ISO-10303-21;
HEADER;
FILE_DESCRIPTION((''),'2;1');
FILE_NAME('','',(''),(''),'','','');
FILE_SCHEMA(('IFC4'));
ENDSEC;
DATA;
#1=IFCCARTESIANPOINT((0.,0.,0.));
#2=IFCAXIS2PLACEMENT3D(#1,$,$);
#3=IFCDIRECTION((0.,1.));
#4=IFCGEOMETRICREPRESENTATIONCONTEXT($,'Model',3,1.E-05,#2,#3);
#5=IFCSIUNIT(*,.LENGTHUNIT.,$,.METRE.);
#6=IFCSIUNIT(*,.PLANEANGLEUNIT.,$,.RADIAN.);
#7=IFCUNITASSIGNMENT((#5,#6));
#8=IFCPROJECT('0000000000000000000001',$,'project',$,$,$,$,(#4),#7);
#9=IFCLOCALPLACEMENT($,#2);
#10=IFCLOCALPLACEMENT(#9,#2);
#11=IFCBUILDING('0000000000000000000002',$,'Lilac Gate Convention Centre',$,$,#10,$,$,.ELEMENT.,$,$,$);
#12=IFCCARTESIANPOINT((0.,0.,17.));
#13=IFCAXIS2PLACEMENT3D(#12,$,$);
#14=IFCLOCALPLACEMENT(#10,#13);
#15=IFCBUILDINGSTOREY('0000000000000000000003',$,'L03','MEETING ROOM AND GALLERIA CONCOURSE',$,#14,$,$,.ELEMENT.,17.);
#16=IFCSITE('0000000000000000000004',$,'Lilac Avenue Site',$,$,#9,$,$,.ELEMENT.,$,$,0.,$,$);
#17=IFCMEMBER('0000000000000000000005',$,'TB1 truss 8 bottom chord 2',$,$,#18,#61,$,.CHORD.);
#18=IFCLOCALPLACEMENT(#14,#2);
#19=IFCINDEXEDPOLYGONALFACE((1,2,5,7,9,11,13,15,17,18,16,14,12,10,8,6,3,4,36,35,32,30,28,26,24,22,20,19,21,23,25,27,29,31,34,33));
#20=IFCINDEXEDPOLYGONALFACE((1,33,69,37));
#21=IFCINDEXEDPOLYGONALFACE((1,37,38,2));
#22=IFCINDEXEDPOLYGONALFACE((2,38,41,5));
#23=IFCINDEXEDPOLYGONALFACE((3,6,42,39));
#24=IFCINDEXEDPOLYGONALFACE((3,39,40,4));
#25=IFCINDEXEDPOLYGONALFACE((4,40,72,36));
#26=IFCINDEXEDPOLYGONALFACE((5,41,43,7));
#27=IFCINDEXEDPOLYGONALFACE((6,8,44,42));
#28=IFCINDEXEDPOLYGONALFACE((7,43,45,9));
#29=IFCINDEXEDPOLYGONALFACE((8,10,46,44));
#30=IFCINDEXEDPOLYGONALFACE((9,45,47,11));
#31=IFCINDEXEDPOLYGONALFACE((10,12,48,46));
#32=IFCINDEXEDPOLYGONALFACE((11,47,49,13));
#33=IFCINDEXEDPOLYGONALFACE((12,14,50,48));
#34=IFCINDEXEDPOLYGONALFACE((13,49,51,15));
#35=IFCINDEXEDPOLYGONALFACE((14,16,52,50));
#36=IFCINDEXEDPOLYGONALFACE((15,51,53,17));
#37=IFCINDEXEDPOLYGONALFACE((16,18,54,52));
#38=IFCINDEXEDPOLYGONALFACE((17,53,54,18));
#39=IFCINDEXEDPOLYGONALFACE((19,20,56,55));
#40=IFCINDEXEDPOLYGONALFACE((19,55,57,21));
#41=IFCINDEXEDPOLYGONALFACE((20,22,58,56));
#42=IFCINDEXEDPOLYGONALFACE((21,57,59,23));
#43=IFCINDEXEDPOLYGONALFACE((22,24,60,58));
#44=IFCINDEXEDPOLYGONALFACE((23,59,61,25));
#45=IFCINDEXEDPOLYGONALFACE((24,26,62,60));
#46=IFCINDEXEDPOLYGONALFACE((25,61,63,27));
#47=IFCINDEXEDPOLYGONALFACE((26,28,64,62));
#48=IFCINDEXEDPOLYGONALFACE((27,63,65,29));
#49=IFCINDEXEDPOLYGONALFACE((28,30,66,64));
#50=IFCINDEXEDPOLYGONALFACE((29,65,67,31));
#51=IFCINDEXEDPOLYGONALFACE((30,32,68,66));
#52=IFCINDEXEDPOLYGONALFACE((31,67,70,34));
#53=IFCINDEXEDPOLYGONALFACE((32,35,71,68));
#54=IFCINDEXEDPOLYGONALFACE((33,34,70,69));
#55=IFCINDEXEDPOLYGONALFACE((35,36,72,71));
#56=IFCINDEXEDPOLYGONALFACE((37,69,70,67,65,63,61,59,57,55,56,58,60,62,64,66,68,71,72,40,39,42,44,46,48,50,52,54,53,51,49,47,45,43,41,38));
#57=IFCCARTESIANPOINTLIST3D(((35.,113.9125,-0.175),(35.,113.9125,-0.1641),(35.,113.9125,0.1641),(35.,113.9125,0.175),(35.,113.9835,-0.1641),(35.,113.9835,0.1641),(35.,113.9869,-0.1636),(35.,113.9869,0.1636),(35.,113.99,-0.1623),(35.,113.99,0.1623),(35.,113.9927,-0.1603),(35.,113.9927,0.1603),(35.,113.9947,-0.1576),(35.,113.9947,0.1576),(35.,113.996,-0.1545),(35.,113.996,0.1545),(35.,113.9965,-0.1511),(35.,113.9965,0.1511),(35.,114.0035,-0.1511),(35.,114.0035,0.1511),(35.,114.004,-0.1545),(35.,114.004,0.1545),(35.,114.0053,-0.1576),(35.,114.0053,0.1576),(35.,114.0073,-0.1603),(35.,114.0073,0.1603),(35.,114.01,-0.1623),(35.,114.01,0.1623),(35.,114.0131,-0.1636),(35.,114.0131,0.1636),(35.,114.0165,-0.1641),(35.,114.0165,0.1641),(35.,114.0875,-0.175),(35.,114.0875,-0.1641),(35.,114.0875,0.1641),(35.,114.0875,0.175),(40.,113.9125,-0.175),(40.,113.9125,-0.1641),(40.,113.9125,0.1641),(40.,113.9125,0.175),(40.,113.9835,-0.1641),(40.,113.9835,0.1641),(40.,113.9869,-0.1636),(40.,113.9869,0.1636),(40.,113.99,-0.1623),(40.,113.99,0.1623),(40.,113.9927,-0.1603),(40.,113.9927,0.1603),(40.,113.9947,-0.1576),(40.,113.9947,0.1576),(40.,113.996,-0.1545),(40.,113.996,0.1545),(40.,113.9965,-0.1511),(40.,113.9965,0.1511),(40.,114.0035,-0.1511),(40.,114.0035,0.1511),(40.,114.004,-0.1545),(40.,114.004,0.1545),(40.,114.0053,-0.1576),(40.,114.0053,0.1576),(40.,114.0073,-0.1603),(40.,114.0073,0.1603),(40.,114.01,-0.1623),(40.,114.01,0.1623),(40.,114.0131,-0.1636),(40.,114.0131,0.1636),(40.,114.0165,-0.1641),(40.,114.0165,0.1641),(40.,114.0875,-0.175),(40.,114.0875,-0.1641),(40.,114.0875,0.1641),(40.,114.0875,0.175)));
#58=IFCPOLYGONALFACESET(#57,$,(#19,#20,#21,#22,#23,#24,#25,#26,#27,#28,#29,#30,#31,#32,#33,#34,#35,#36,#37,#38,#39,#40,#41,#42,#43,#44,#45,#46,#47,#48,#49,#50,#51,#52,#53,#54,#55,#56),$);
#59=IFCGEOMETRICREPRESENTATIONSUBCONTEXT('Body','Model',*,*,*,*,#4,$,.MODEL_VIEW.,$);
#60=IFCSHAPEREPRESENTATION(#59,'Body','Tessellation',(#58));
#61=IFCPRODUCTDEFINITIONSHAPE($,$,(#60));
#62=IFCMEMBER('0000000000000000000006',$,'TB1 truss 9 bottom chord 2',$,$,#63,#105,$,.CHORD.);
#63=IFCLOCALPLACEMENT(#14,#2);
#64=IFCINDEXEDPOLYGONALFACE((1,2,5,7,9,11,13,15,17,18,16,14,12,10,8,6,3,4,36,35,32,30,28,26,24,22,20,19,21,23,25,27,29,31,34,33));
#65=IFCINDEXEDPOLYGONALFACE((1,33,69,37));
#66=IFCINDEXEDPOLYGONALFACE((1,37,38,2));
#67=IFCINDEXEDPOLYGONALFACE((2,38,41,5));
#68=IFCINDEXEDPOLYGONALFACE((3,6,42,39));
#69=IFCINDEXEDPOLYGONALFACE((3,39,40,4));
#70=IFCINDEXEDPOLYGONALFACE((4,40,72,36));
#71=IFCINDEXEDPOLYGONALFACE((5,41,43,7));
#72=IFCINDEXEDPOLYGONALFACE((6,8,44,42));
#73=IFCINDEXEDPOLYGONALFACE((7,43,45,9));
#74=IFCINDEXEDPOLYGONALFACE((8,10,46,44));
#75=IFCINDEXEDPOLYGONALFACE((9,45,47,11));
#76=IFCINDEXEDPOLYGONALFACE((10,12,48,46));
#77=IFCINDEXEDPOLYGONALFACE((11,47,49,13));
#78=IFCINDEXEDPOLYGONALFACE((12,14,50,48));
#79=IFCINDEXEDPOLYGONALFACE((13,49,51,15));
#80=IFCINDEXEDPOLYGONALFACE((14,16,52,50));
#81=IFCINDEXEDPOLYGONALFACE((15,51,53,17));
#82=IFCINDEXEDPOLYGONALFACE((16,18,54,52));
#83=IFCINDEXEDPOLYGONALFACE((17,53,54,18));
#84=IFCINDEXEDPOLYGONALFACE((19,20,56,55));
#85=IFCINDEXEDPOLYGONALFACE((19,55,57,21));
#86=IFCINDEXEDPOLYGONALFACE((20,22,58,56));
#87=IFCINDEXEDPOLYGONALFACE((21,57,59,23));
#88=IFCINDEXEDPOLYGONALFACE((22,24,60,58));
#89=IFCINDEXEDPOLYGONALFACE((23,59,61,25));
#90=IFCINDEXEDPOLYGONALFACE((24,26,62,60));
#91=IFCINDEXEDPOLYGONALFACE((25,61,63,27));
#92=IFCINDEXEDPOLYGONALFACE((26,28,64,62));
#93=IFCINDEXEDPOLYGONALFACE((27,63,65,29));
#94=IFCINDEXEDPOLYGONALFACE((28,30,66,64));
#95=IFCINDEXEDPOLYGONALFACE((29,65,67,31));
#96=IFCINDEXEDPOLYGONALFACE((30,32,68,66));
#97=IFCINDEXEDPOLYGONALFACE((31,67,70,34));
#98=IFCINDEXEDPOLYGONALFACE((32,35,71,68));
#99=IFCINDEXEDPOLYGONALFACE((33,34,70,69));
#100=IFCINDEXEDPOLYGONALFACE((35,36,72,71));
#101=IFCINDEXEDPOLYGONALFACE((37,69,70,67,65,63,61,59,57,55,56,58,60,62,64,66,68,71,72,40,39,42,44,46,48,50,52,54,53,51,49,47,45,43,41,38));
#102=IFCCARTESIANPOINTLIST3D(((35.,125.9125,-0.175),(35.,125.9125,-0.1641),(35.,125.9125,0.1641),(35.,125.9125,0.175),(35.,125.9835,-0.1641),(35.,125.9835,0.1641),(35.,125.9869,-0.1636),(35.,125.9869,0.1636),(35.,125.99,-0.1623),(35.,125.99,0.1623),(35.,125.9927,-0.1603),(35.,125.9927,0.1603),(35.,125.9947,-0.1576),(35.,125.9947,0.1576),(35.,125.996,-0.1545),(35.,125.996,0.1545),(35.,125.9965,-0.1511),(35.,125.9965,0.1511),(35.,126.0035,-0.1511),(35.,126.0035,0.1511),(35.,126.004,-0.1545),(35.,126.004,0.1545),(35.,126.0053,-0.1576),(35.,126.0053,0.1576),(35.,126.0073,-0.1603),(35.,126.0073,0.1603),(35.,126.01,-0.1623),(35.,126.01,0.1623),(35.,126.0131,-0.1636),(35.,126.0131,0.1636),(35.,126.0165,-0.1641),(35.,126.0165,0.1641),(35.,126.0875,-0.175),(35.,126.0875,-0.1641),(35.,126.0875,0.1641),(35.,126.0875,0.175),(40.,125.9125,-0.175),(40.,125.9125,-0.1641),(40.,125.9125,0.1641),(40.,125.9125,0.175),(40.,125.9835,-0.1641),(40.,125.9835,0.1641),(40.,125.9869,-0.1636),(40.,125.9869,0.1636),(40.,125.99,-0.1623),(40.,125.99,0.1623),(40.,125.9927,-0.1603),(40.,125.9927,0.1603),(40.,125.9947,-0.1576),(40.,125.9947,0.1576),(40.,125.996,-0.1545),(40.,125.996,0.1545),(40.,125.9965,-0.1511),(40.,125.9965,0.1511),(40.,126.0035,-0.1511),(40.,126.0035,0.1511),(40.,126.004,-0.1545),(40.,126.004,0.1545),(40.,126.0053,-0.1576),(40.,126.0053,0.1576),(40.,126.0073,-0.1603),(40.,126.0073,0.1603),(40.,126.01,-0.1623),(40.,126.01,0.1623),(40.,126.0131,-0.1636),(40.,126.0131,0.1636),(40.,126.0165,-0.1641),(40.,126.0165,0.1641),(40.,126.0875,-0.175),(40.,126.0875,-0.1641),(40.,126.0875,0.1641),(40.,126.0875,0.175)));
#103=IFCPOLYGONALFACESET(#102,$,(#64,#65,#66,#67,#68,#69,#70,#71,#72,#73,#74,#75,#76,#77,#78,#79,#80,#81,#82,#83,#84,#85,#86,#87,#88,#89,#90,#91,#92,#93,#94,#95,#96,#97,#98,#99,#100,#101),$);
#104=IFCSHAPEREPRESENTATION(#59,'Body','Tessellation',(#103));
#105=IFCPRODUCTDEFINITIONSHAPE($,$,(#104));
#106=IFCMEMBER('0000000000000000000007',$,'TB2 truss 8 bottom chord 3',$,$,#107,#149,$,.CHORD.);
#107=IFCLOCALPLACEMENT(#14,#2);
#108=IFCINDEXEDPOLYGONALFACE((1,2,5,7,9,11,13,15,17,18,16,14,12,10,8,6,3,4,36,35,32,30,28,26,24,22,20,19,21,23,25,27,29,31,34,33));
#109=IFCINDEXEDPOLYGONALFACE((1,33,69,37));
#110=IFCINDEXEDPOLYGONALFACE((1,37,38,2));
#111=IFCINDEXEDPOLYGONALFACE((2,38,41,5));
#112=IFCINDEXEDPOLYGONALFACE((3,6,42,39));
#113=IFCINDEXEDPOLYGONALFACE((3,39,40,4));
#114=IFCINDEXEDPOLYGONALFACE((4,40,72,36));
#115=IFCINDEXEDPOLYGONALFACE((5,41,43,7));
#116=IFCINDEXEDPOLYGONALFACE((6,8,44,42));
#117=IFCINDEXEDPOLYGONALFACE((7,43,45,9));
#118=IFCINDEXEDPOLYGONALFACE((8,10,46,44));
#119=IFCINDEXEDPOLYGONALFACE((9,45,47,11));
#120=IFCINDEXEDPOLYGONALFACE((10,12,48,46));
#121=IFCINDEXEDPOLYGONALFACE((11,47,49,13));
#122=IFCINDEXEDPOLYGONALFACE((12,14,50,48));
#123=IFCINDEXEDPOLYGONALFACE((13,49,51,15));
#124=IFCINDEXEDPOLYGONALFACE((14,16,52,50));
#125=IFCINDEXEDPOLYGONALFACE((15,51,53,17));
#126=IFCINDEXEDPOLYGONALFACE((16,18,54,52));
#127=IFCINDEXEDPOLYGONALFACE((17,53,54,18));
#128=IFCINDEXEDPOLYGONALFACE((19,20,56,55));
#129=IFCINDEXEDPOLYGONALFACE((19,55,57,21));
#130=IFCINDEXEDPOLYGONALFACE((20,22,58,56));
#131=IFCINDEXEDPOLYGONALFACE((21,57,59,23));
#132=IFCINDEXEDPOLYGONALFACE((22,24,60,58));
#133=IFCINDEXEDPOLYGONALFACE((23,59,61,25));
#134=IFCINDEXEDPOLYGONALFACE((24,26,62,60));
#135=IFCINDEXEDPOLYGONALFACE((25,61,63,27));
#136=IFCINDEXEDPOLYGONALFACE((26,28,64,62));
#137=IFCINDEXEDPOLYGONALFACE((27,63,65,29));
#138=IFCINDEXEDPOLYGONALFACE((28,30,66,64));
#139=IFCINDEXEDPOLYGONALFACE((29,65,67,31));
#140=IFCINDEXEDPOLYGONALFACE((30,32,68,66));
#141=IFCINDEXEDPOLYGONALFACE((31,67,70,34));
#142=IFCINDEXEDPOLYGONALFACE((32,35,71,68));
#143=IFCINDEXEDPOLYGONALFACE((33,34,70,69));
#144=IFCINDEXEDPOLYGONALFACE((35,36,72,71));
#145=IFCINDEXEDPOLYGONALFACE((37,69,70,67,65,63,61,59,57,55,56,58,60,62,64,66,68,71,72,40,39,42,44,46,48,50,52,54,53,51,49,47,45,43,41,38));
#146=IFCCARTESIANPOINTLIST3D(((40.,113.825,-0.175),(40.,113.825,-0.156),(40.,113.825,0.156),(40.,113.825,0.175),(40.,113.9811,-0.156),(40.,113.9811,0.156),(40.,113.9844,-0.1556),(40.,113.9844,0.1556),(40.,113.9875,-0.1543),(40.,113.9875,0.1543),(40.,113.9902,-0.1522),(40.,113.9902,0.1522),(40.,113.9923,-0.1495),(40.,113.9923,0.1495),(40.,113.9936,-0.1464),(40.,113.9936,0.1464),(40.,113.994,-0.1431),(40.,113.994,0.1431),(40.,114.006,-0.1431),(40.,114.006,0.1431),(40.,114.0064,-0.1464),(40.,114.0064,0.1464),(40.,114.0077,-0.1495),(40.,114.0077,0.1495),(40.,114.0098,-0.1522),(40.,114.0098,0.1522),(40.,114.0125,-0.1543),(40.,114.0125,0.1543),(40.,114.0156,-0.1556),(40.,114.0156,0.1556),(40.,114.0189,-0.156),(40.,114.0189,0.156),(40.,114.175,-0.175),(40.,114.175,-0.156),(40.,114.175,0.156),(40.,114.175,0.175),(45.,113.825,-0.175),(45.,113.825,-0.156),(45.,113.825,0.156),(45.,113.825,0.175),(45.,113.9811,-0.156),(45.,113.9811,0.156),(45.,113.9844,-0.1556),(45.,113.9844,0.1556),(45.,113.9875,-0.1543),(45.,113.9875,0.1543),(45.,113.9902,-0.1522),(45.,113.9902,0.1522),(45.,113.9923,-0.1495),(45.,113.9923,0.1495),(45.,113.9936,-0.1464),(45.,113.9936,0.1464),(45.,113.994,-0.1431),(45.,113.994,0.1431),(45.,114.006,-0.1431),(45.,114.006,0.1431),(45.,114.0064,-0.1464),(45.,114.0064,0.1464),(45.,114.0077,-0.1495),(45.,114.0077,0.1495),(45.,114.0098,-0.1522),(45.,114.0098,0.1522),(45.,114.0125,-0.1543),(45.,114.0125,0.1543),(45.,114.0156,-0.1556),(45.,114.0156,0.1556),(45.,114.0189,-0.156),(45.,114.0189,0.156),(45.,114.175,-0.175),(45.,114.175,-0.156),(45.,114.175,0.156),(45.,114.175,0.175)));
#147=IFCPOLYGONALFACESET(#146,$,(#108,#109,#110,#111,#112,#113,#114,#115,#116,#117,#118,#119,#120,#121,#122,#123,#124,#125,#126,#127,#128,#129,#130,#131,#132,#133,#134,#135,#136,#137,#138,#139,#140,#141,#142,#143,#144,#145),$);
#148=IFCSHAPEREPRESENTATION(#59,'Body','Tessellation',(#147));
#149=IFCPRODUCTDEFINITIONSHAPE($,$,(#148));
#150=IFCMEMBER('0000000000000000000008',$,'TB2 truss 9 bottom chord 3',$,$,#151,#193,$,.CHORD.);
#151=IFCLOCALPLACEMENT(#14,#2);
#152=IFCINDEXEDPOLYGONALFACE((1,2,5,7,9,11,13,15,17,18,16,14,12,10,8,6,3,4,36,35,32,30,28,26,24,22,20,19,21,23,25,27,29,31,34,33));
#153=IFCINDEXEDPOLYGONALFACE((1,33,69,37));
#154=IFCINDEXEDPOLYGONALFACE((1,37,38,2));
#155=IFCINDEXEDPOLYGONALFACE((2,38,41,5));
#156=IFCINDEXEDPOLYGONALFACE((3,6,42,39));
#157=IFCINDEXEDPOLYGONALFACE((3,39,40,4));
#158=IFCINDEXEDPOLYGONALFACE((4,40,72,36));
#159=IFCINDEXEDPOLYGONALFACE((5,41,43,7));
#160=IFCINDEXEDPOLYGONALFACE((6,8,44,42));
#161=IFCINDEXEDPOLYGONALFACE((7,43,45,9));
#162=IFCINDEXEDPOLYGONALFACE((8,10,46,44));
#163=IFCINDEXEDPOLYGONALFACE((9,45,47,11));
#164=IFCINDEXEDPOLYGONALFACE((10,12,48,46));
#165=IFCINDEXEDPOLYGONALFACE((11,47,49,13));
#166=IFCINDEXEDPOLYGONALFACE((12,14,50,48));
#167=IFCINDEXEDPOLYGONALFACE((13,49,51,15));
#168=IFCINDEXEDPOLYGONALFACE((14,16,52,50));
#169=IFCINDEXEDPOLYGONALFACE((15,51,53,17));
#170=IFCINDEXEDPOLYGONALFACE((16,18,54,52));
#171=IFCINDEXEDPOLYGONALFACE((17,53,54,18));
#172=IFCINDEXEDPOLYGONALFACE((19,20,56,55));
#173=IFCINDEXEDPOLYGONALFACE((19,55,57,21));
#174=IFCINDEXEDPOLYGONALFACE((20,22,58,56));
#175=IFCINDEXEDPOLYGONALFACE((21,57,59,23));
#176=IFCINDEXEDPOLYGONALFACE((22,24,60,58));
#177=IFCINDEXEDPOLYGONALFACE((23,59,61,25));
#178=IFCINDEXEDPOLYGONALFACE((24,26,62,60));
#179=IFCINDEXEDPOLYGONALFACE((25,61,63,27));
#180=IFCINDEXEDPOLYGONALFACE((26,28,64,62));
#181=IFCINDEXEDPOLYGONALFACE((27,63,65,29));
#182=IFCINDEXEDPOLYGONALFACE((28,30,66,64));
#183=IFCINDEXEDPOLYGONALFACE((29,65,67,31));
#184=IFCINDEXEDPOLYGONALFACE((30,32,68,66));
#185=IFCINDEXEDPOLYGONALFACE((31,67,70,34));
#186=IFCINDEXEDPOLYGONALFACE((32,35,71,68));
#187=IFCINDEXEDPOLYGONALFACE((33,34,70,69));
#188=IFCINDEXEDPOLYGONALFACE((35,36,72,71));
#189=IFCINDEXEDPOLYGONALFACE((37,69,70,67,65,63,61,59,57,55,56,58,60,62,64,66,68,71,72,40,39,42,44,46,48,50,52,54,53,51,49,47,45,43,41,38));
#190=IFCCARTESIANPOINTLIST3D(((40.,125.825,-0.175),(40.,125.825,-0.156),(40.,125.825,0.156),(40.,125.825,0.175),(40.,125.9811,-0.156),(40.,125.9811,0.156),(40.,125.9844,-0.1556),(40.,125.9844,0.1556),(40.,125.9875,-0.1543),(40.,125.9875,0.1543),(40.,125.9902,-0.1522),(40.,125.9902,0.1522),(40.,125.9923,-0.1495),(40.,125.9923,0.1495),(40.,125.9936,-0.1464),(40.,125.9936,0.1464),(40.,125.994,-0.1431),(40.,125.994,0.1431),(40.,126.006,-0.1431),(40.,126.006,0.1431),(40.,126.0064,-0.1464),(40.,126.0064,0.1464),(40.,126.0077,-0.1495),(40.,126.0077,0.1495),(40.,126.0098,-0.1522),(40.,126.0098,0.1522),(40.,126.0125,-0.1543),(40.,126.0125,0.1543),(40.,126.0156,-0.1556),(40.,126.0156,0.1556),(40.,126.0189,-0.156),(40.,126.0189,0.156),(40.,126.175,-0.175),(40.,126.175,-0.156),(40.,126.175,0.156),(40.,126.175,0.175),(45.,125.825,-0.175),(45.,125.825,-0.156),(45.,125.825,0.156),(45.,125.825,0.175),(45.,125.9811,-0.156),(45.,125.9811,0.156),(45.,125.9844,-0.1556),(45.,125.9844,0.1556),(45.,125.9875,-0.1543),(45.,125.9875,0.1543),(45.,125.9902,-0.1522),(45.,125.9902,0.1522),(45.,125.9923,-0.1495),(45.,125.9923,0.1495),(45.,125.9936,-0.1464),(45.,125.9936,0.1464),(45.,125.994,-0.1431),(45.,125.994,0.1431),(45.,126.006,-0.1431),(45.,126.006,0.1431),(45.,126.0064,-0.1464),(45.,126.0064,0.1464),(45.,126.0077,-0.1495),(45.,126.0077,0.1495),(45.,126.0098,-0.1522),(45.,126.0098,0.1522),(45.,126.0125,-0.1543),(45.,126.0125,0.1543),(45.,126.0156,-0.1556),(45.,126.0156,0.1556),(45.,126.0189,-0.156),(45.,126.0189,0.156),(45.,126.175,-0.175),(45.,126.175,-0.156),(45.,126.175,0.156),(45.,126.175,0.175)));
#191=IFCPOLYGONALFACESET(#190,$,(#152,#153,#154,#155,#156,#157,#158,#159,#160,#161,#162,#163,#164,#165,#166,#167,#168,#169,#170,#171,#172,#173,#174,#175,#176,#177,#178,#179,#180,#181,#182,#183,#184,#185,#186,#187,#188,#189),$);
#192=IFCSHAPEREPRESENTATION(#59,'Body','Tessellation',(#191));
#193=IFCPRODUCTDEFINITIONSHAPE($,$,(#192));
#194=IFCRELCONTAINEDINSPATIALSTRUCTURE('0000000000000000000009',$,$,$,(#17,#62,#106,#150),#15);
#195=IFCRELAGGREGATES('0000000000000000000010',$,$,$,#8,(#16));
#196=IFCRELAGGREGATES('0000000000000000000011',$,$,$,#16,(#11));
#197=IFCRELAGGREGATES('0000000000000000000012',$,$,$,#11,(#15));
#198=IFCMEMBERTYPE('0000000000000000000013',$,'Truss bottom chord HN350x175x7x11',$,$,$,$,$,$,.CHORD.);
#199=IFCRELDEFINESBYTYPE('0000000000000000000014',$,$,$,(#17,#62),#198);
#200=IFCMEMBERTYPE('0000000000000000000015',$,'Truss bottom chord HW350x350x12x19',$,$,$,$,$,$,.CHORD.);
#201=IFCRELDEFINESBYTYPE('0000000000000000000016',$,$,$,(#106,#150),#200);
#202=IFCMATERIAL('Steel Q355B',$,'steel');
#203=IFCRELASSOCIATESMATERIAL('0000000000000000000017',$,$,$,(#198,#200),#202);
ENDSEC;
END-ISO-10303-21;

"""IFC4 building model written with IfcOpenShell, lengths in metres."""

from ifc_helpers import new_model, si_unit, direction, frame, origin, origin_2d, place, context, subcontext, project, spatial, i_section, extrude, material, material_profile, profile_set, type_object, element, save


model = new_model("IFC4")

# Units and contexts
model_context = context("Model", 3, precision=1e-05, world=origin(), true_north=direction((0.0, 1.0)))
body_context = subcontext(model_context, "Body", "Model", "MODEL_VIEW")
ifc_project = project(units=[si_unit("LENGTHUNIT", "METRE"), si_unit("PLANEANGLEUNIT", "RADIAN")], contexts=[model_context])

# Site, building, storey
site_placement = place(None, origin())
site = spatial("IfcSite", under=ifc_project, at=site_placement, Name="Lilac Avenue Site", CompositionType="ELEMENT", RefElevation=0.0)
building_placement = place(site_placement, origin())
building = spatial("IfcBuilding", under=site, at=building_placement, Name="Lilac Gate Convention Centre", CompositionType="ELEMENT")
storey_placement = place(building_placement, frame((0.0, 0.0, 17.0)))
storey = spatial("IfcBuildingStorey", under=building, at=storey_placement, Name="L03", Description="MEETING ROOM AND GALLERIA CONCOURSE", CompositionType="ELEMENT", Elevation=17.0)

# Members
ifc_material = material(Name="Steel Q355B", Category="steel")
ifc_material_profile_1 = material_profile(ifc_material, i_section(OverallWidth=0.175, OverallDepth=0.3501, WebThickness=0.0071, FlangeThickness=0.011, FilletRadius=0.0129, at=origin_2d()), Name="HN350x175x7x11")
ifc_profile_set_1 = profile_set([ifc_material_profile_1], Name="Steel Q355B")
member_type_1 = type_object("IfcMemberType", Name="Truss bottom chord HN350x175x7x11", PredefinedType="CHORD", material=ifc_profile_set_1)
for number, where, z_axis, x_axis, name in (
    (1, (35.0, 114.0, 0.0), (1.0, 0.0, 0.0), (0.0, 1.0, 0.0), "TB1 truss 8 bottom chord 2"),
    (2, (35.0, 126.0, 0.0), (1.0, 0.0, 0.0), (0.0, 1.0, 0.0), "TB1 truss 9 bottom chord 2"),
):
    element("IfcMember", number, at=place(storey_placement, frame(where, z_axis=z_axis, x_axis=x_axis)), inside=storey, type_object=member_type_1, Name=name, PredefinedType="CHORD", context=body_context, shape_type="SweptSolid", body=[
        extrude(i_section(OverallWidth=0.175, OverallDepth=0.3501, WebThickness=0.0071, FlangeThickness=0.011, FilletRadius=0.0129, at=origin_2d()), origin(), (0.0, 0.0, 1.0), 5.0),
    ])
ifc_material_profile_2 = material_profile(ifc_material, i_section(OverallWidth=0.3501, OverallDepth=0.3501, WebThickness=0.012, FlangeThickness=0.019, FilletRadius=0.0129, at=origin_2d()), Name="HW350x350x12x19")
ifc_profile_set_2 = profile_set([ifc_material_profile_2], Name="Steel Q355B")
member_type_2 = type_object("IfcMemberType", Name="Truss bottom chord HW350x350x12x19", PredefinedType="CHORD", material=ifc_profile_set_2)
for number, where, z_axis, x_axis, name in (
    (3, (40.0, 114.0, 0.0), (1.0, 0.0, 0.0), (0.0, 1.0, 0.0), "TB2 truss 8 bottom chord 3"),
    (4, (40.0, 126.0, 0.0), (1.0, 0.0, 0.0), (0.0, 1.0, 0.0), "TB2 truss 9 bottom chord 3"),
):
    element("IfcMember", number, at=place(storey_placement, frame(where, z_axis=z_axis, x_axis=x_axis)), inside=storey, type_object=member_type_2, Name=name, PredefinedType="CHORD", context=body_context, shape_type="SweptSolid", body=[
        extrude(i_section(OverallWidth=0.3501, OverallDepth=0.3501, WebThickness=0.012, FlangeThickness=0.019, FilletRadius=0.0129, at=origin_2d()), origin(), (0.0, 0.0, 1.0), 5.0),
    ])

save(model, "model.ifc")
